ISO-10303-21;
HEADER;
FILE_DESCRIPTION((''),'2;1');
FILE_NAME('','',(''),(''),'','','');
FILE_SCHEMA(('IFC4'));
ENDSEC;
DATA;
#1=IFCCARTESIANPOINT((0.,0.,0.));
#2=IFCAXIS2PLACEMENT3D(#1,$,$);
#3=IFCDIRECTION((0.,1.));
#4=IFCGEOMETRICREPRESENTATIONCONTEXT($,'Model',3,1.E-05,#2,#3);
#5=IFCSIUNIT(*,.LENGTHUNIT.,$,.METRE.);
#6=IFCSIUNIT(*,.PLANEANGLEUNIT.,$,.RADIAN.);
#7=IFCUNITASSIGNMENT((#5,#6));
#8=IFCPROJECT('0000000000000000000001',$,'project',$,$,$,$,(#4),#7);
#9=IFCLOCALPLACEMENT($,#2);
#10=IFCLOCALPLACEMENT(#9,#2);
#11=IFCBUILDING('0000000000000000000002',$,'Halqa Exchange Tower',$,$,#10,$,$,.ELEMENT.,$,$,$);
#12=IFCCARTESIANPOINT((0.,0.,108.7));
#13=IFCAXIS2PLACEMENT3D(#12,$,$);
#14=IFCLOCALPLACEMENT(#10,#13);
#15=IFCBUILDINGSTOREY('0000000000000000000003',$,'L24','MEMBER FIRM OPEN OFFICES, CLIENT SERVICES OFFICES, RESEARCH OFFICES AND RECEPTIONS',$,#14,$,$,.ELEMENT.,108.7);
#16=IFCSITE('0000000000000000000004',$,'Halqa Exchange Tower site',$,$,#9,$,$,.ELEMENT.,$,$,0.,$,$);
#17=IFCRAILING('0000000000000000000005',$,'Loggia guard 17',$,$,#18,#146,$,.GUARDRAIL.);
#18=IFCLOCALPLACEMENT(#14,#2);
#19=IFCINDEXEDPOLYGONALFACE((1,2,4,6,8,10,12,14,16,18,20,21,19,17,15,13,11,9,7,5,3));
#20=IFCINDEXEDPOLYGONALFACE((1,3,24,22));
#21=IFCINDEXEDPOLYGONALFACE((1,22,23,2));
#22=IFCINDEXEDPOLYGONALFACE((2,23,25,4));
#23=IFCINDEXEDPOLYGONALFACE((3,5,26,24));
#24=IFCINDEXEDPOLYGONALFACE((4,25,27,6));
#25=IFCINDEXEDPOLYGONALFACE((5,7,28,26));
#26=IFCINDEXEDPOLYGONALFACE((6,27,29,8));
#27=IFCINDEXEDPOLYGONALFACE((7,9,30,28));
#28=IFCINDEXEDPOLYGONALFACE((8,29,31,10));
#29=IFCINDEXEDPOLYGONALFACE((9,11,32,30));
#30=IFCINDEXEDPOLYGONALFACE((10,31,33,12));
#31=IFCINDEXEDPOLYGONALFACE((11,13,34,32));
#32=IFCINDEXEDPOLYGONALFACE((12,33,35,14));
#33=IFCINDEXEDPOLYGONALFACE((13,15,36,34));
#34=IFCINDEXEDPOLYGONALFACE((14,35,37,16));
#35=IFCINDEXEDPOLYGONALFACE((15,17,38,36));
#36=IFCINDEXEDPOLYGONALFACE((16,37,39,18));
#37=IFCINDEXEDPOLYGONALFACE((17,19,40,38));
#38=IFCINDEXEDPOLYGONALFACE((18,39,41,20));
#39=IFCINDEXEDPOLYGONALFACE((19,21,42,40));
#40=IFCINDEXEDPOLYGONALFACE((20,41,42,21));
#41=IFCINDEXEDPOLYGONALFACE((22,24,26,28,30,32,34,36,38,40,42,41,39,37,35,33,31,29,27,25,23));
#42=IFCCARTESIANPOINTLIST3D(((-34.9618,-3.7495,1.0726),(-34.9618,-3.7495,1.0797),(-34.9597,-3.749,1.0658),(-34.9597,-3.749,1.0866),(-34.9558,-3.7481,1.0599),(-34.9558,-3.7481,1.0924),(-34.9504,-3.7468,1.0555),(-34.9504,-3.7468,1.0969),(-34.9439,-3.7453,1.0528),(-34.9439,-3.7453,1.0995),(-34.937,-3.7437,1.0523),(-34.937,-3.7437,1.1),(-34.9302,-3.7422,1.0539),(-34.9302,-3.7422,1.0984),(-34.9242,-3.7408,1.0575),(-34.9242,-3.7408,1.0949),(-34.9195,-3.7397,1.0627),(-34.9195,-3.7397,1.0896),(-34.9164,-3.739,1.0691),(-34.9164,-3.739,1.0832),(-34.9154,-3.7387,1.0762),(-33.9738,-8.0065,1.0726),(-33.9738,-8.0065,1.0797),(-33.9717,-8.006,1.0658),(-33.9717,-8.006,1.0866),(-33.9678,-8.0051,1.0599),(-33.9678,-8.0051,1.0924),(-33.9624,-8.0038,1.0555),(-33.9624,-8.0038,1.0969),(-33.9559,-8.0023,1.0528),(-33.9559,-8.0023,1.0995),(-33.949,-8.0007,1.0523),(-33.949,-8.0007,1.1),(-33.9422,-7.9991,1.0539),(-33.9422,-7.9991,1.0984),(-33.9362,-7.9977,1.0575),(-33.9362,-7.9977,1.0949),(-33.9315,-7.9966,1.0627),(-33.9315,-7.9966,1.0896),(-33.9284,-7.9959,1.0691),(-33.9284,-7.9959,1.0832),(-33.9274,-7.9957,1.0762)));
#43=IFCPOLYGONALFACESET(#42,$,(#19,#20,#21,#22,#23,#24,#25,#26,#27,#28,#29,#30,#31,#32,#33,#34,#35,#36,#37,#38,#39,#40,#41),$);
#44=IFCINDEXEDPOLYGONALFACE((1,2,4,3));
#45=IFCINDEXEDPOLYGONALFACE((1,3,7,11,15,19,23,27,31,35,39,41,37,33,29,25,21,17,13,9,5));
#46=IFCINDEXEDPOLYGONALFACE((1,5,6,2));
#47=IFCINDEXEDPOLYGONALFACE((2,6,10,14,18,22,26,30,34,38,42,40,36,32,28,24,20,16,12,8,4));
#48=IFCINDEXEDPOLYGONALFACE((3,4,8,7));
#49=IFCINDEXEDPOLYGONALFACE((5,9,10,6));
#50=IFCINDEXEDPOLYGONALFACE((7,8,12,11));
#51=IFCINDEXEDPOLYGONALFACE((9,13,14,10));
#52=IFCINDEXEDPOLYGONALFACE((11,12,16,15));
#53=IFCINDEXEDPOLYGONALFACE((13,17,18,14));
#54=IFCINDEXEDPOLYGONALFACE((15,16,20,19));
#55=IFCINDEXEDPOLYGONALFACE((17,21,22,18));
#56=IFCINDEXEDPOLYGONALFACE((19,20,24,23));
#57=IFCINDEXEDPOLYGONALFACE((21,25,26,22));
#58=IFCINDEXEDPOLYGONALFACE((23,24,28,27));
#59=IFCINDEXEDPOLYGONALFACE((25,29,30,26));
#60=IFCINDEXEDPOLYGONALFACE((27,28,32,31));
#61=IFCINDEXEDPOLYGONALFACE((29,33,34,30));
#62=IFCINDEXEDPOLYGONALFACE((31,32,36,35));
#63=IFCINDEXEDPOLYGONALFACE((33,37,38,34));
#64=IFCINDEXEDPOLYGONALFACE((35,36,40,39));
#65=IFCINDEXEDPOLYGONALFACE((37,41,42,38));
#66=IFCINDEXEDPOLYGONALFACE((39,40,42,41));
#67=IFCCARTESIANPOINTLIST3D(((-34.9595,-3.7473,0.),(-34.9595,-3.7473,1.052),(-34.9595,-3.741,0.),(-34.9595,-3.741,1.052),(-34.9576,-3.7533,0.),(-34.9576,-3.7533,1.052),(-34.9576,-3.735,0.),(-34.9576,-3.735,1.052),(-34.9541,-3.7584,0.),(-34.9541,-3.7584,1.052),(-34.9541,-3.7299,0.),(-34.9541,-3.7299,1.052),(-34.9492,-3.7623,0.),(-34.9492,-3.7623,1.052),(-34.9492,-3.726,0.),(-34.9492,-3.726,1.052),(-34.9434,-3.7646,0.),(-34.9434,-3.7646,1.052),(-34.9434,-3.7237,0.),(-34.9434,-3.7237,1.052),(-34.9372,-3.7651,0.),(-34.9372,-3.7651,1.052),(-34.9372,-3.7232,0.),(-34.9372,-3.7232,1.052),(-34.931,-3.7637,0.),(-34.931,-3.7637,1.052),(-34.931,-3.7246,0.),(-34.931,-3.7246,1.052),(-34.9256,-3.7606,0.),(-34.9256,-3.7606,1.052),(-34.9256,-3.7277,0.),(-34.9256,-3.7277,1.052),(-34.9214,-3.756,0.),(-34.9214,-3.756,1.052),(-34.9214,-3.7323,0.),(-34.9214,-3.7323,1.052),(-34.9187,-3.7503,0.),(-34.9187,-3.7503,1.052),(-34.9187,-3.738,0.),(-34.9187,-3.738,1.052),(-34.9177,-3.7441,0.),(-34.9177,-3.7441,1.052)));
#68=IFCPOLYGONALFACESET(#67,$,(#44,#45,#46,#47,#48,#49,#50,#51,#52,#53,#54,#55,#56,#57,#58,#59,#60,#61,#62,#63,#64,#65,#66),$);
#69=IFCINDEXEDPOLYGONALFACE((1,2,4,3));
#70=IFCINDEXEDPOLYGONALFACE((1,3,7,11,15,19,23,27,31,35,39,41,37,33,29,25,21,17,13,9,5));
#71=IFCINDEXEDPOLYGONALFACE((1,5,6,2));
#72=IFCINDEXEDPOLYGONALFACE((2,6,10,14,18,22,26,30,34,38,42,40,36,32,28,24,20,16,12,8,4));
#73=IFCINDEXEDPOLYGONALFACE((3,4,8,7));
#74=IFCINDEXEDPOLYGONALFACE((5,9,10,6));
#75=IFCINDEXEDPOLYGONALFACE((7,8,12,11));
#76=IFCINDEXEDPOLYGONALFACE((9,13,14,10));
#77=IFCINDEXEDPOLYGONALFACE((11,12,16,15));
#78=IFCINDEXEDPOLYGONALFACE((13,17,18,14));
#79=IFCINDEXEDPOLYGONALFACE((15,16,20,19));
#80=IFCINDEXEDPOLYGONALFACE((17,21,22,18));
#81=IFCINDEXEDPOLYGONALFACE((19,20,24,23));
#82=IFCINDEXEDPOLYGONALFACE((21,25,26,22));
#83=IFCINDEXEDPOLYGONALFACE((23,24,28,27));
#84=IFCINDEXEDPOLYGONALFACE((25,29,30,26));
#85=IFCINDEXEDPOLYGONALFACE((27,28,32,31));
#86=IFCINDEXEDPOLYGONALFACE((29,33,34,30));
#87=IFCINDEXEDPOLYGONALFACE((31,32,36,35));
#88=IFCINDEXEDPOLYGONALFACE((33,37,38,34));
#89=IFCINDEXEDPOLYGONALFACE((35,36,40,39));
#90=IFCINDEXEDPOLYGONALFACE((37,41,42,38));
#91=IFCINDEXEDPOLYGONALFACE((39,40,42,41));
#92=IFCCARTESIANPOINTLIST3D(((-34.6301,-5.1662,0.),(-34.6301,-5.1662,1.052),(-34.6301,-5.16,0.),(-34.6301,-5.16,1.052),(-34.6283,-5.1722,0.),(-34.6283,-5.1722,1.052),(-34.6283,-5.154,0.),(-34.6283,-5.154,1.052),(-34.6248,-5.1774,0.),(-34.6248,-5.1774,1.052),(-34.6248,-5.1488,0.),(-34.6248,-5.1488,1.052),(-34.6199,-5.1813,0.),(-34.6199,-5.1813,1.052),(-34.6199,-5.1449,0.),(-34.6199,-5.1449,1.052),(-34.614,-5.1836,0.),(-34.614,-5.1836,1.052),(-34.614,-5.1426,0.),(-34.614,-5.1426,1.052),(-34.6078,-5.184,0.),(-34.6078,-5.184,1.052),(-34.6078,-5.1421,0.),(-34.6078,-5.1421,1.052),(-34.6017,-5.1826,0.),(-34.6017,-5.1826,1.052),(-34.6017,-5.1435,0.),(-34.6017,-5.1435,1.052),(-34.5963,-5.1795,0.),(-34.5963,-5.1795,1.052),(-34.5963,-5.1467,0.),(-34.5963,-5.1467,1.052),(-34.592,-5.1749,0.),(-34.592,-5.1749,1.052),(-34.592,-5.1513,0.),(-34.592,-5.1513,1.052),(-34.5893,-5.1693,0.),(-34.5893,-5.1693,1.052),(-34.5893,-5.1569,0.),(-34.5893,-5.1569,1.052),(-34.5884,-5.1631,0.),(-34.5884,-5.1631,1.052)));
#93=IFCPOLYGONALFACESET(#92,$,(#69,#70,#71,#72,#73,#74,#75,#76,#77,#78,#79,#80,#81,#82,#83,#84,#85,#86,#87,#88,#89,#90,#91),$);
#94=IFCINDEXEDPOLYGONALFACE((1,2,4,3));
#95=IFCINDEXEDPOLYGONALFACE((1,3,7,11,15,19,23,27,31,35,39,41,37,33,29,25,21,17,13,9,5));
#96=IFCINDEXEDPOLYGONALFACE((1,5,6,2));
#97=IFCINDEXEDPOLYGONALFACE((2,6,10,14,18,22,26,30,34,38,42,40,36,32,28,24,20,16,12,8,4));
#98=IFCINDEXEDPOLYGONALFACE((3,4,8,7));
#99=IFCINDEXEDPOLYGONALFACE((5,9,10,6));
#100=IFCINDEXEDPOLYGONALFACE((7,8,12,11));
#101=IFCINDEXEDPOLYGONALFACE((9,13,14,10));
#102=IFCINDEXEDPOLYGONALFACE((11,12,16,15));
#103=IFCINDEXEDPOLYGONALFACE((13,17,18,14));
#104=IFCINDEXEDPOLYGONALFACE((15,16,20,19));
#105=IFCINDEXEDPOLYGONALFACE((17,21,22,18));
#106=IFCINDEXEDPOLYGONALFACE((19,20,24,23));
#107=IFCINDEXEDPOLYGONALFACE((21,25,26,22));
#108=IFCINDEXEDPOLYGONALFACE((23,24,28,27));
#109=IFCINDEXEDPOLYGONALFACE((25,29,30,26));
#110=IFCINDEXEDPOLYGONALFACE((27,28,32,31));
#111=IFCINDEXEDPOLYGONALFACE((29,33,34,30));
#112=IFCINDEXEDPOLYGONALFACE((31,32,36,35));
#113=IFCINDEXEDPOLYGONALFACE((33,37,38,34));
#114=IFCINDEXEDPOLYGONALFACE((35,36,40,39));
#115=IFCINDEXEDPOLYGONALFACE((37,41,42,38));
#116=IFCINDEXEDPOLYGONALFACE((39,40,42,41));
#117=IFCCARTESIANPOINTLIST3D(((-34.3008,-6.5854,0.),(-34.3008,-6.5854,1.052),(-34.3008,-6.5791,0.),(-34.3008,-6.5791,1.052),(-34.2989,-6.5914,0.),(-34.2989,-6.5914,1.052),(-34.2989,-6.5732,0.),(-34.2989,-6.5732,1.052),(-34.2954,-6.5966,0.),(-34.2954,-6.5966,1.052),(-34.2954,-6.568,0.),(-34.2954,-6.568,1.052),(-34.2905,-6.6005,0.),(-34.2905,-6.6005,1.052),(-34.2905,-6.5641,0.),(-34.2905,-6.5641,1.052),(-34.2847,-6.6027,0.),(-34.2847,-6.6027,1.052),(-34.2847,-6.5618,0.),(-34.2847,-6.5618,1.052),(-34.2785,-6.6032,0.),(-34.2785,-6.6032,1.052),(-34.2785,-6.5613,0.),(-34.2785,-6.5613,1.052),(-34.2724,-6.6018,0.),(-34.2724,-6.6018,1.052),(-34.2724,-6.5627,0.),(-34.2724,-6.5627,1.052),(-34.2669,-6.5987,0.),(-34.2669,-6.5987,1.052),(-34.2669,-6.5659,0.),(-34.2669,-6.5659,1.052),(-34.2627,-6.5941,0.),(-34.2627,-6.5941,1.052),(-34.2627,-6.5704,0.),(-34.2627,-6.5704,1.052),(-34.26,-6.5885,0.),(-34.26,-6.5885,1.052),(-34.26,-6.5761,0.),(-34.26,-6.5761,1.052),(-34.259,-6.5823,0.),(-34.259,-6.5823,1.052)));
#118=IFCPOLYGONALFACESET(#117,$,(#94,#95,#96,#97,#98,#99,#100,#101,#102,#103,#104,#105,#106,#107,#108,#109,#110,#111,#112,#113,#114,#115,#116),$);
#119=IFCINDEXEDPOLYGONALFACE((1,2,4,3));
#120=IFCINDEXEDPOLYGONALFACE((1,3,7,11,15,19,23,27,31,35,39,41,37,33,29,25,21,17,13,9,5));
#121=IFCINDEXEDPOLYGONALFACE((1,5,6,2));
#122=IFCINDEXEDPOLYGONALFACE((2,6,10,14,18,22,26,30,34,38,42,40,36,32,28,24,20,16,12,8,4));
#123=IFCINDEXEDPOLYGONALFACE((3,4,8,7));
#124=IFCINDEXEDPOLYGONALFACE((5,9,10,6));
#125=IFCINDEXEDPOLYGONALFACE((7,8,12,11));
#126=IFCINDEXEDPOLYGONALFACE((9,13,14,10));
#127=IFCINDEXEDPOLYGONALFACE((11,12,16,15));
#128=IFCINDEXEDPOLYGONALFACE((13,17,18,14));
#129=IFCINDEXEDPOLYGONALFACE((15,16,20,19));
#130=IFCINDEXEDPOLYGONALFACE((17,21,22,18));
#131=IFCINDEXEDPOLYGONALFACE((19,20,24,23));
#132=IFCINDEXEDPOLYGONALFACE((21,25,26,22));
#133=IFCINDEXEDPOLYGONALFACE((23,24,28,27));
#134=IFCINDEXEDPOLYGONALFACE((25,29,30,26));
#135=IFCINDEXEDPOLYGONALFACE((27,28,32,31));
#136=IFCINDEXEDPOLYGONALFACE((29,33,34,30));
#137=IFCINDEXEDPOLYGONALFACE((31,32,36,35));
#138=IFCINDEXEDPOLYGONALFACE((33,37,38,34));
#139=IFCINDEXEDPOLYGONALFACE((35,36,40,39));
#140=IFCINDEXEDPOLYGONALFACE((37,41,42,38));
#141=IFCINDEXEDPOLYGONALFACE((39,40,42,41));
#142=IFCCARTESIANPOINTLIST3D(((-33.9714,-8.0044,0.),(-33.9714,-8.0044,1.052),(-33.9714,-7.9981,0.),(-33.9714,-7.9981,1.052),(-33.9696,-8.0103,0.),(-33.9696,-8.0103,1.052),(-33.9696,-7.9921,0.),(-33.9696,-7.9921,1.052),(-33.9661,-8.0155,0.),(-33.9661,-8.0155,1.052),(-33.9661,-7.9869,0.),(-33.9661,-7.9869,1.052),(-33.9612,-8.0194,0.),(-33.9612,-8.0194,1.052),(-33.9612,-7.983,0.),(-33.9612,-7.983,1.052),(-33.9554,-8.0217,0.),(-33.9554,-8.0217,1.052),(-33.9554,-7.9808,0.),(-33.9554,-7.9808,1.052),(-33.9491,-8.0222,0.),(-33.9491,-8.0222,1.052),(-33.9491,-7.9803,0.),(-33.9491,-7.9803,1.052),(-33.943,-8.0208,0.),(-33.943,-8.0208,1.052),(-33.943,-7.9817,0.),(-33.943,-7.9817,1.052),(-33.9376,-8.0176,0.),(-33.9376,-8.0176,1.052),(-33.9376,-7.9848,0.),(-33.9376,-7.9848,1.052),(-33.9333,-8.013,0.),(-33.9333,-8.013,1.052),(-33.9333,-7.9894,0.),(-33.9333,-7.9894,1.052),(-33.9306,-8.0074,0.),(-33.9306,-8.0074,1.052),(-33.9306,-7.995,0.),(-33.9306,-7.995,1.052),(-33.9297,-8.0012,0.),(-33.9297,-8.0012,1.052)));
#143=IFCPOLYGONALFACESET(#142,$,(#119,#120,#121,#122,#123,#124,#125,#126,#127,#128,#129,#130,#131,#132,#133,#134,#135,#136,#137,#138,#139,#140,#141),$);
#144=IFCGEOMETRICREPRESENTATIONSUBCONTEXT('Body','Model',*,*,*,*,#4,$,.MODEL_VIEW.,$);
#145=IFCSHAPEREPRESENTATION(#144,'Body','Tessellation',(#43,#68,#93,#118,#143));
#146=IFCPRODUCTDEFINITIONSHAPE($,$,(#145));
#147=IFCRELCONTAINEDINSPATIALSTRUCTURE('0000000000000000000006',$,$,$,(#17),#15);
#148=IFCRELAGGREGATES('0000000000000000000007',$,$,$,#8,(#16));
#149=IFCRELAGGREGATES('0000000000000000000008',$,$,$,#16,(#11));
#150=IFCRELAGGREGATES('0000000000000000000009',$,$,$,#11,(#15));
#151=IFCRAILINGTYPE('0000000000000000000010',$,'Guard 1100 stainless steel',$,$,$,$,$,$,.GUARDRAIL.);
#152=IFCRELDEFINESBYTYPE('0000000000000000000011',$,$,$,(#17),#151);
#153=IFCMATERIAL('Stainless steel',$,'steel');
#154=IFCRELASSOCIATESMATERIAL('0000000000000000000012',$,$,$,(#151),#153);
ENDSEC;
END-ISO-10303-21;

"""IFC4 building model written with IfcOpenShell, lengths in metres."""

from ifc_helpers import new_model, si_unit, direction, frame, origin, origin_2d, place, context, subcontext, project, spatial, circle, extrude, material, type_object, element, save


model = new_model("IFC4")

# Units and contexts
model_context = context("Model", 3, precision=1e-05, world=origin(), true_north=direction((0.0, 1.0)))
body_context = subcontext(model_context, "Body", "Model", "MODEL_VIEW")
ifc_project = project(units=[si_unit("LENGTHUNIT", "METRE"), si_unit("PLANEANGLEUNIT", "RADIAN")], contexts=[model_context])

# Site, building, storey
site_placement = place(None, origin())
site = spatial("IfcSite", under=ifc_project, at=site_placement, Name="Halqa Exchange Tower site", CompositionType="ELEMENT", RefElevation=0.0)
building_placement = place(site_placement, origin())
building = spatial("IfcBuilding", under=site, at=building_placement, Name="Halqa Exchange Tower", CompositionType="ELEMENT")
storey_placement = place(building_placement, frame((0.0, 0.0, 108.7)))
storey = spatial("IfcBuildingStorey", under=building, at=storey_placement, Name="L24", Description="MEMBER FIRM OPEN OFFICES, CLIENT SERVICES OFFICES, RESEARCH OFFICES AND RECEPTIONS", CompositionType="ELEMENT", Elevation=108.7)

# Railing
ifc_material_1 = material(Name="Stainless steel", Category="steel")
railing_type = type_object("IfcRailingType", Name="Guard 1100 stainless steel", PredefinedType="GUARDRAIL", material=ifc_material_1)
railing_1_placement = place(storey_placement, frame((-34.9387, -3.7441, 0.0)))
element("IfcRailing", 1, at=railing_1_placement, inside=storey, type_object=railing_type, Name="Loggia guard 17", PredefinedType="GUARDRAIL", context=body_context, shape_type="SweptSolid", body=[
    extrude(circle(Radius=0.0239, at=origin_2d()), frame((0.0, 0.0, 1.0762), z_axis=(0.226083, -0.974108, 0.0), x_axis=(0.974108, 0.226083, 0.0)), (0.0, 0.0, 1.0), 4.3701),
    extrude(circle(Radius=0.021, at=origin_2d()), origin(), (0.0, 0.0, 1.0), 1.052),
    extrude(circle(Radius=0.021, at=origin_2d()), frame((0.3293, -1.4189, 0.0)), (0.0, 0.0, 1.0), 1.052),
    extrude(circle(Radius=0.021, at=origin_2d()), frame((0.6587, -2.8381, 0.0)), (0.0, 0.0, 1.0), 1.052),
    extrude(circle(Radius=0.021, at=origin_2d()), frame((0.988, -4.2571, 0.0)), (0.0, 0.0, 1.0), 1.052),
])

save(model, "model.ifc")
